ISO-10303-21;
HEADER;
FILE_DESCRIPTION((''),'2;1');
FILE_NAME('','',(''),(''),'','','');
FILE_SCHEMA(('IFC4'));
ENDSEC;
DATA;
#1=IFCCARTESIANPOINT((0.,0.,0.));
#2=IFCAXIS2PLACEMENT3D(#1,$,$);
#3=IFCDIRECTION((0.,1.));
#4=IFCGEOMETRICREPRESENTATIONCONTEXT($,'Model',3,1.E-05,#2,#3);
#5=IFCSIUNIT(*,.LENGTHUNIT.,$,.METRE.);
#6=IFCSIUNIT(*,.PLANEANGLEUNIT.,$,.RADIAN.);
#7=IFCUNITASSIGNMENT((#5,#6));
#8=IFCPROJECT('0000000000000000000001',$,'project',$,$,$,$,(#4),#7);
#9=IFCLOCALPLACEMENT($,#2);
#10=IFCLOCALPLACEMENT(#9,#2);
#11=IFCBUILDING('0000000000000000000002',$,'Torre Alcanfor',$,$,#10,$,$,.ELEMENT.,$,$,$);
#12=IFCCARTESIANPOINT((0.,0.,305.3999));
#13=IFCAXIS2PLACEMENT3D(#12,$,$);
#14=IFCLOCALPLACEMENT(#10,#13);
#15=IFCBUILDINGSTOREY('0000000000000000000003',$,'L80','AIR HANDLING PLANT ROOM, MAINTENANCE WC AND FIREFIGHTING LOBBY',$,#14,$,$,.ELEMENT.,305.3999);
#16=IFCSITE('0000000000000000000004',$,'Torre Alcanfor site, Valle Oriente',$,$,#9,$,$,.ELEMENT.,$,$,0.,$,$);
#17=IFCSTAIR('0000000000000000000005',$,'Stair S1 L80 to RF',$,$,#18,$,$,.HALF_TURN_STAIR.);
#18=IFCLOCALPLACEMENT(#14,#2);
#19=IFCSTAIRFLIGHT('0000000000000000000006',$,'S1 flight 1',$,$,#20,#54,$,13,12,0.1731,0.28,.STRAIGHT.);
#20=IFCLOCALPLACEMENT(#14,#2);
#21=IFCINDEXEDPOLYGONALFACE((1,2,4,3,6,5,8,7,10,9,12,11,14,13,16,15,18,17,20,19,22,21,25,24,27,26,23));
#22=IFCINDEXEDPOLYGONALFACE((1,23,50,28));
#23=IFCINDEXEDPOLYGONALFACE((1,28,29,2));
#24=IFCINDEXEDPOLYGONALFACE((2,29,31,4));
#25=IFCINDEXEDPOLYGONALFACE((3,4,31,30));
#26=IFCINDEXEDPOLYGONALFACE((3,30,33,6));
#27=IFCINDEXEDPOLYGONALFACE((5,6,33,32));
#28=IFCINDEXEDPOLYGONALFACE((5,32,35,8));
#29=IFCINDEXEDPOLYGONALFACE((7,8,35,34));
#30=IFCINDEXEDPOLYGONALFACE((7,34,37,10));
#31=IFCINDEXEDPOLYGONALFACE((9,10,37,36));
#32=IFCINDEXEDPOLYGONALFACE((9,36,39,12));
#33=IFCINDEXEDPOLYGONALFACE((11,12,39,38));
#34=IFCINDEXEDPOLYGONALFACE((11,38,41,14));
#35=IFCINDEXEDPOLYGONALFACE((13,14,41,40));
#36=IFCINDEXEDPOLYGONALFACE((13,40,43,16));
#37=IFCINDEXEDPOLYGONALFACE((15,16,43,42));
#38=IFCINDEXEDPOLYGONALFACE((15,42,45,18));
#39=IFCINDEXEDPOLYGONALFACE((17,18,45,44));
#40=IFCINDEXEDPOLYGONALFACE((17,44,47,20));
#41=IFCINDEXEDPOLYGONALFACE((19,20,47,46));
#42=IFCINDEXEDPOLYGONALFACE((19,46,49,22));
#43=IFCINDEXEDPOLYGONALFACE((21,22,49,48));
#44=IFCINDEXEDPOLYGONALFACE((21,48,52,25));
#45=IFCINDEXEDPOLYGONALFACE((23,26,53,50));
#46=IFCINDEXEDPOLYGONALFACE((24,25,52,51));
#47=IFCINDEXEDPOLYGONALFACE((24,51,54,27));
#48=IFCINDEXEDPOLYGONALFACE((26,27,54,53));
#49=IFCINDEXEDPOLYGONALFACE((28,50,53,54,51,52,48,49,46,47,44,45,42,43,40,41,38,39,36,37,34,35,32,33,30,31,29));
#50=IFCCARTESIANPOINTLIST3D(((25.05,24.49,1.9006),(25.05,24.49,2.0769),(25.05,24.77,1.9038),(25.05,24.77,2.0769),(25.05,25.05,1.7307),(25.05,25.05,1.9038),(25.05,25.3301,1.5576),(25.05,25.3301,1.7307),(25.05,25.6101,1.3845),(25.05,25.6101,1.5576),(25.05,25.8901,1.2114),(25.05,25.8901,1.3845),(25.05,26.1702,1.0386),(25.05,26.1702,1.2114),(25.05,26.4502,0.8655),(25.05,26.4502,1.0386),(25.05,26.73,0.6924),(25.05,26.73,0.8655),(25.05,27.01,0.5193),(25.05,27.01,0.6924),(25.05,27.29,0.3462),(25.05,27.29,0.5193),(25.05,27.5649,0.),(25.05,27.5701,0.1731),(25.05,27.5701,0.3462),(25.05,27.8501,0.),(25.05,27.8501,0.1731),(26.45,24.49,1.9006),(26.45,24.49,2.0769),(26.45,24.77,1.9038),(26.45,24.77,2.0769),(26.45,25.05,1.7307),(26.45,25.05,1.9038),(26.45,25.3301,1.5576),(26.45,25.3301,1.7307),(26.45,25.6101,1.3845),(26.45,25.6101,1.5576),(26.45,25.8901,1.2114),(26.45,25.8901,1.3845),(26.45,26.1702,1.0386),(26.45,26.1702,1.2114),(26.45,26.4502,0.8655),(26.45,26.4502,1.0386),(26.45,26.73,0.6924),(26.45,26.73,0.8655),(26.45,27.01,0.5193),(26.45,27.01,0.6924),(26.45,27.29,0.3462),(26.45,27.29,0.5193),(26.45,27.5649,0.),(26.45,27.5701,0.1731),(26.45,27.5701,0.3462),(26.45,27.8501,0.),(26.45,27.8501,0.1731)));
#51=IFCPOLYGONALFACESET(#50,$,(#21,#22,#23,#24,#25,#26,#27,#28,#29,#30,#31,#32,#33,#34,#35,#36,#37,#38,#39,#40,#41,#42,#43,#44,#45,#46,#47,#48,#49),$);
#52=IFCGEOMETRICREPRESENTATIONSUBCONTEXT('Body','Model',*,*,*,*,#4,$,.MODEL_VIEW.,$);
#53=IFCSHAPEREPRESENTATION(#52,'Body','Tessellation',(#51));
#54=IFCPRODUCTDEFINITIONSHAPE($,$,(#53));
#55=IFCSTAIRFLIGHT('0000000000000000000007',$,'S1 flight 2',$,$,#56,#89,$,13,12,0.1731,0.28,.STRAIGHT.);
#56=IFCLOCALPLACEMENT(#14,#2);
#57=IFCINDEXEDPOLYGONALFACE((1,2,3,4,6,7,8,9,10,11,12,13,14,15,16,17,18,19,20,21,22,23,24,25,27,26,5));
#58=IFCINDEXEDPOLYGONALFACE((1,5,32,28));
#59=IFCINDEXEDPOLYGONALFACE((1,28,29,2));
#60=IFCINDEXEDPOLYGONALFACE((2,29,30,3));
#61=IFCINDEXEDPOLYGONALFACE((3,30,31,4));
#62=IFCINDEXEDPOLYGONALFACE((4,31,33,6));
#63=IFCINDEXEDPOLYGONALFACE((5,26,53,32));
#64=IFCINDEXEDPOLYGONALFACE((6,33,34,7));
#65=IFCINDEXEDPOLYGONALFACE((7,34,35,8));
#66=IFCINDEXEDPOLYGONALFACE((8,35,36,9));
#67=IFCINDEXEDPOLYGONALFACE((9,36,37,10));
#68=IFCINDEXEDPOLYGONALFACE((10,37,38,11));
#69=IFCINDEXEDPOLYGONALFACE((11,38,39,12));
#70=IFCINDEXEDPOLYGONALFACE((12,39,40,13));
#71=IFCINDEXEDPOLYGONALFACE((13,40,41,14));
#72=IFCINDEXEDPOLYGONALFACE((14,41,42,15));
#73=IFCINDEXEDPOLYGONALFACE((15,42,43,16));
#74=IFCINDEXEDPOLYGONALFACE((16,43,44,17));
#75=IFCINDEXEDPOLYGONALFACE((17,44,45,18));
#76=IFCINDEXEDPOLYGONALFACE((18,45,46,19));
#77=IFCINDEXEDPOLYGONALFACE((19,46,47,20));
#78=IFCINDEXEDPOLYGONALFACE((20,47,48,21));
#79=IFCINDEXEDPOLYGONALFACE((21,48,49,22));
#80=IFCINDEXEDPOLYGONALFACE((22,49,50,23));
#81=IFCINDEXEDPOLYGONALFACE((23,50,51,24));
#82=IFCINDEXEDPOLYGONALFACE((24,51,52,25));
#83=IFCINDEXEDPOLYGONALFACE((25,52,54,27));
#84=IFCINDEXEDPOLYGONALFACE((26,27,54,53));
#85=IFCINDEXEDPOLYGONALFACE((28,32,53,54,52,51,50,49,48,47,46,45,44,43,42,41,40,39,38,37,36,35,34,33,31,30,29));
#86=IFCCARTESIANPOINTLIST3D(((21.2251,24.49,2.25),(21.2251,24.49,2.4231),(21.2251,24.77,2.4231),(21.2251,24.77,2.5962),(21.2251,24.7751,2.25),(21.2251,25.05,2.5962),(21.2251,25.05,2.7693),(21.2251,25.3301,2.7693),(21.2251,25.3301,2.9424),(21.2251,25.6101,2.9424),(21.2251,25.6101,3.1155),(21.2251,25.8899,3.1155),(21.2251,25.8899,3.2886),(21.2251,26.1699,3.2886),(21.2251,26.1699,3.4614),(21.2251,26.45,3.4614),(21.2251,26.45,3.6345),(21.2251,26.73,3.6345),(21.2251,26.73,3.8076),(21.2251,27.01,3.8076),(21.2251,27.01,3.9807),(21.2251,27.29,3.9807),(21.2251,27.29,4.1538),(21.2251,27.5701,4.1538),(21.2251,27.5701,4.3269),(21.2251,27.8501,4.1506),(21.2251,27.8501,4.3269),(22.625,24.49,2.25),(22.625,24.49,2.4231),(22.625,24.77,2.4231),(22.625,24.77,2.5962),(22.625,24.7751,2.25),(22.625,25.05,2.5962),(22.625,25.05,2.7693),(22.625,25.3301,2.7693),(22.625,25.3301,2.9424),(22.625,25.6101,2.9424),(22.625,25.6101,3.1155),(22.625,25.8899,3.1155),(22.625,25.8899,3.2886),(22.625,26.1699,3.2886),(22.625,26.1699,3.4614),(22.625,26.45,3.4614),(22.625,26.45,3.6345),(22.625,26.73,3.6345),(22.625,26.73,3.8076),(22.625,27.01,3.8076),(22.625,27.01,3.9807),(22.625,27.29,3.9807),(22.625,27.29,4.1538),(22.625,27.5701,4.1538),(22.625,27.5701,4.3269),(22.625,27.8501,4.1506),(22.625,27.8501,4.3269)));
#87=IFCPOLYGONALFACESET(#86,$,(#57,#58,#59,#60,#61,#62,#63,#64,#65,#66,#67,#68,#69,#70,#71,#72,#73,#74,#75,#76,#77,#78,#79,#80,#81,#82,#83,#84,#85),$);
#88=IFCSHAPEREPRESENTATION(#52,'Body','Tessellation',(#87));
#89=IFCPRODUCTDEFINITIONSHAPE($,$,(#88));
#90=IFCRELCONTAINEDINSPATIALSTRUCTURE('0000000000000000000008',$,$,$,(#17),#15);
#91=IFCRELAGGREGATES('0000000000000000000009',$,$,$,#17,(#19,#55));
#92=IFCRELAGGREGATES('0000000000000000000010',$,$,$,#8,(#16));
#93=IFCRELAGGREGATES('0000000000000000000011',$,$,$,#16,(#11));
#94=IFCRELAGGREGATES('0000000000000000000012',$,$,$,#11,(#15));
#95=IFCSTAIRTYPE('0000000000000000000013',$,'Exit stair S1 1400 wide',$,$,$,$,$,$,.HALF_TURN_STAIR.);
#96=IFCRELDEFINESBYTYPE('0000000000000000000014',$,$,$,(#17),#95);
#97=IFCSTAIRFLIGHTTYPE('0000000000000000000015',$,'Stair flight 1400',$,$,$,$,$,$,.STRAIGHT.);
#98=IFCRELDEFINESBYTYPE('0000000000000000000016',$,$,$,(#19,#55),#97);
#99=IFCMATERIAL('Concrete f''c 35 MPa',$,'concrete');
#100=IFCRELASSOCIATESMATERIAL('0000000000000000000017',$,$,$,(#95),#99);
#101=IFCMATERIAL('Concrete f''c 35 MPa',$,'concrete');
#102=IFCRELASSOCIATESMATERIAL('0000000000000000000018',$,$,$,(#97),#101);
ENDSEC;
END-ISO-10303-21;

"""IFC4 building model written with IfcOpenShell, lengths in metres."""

from ifc_helpers import new_model, si_unit, direction, frame, origin, place, context, subcontext, project, spatial, polyline, outline, extrude, material, type_object, element, aggregate, save


model = new_model("IFC4")

# Units and contexts
model_context = context("Model", 3, precision=1e-05, world=origin(), true_north=direction((0.0, 1.0)))
body_context = subcontext(model_context, "Body", "Model", "MODEL_VIEW")
ifc_project = project(units=[si_unit("LENGTHUNIT", "METRE"), si_unit("PLANEANGLEUNIT", "RADIAN")], contexts=[model_context])

# Site, building, storey
site_placement = place(None, origin())
site = spatial("IfcSite", under=ifc_project, at=site_placement, Name="Torre Alcanfor site, Valle Oriente", CompositionType="ELEMENT", RefElevation=0.0)
building_placement = place(site_placement, origin())
building = spatial("IfcBuilding", under=site, at=building_placement, Name="Torre Alcanfor", CompositionType="ELEMENT")
storey_placement = place(building_placement, frame((0.0, 0.0, 305.3999)))
storey = spatial("IfcBuildingStorey", under=building, at=storey_placement, Name="L80", Description="AIR HANDLING PLANT ROOM, MAINTENANCE WC AND FIREFIGHTING LOBBY", CompositionType="ELEMENT", Elevation=305.3999)

# Stair, stair flights
ifc_material_1 = material(Name="Concrete f'c 35 MPa", Category="concrete")
stair_type = type_object("IfcStairType", Name="Exit stair S1 1400 wide", PredefinedType="HALF_TURN_STAIR", material=ifc_material_1)
stair_placement = place(storey_placement, origin())
stair = element("IfcStair", 1, at=stair_placement, inside=storey, type_object=stair_type, Name="Stair S1 L80 to RF", PredefinedType="HALF_TURN_STAIR")
ifc_material_2 = material(Name="Concrete f'c 35 MPa", Category="concrete")
stair_flight_type = type_object("IfcStairFlightType", Name="Stair flight 1400", PredefinedType="STRAIGHT", material=ifc_material_2)
stair_flight_1_placement = place(storey_placement, frame((25.75, 27.8501, 0.0), z_axis=(0.0, 0.0, 1.0), x_axis=(0.0, -1.0, 0.0)))
stair_flight_1 = element("IfcStairFlight", 2, at=stair_flight_1_placement, type_object=stair_flight_type, Name="S1 flight 1", NumberOfRisers=13, NumberOfTreads=12, PredefinedType="STRAIGHT", RiserHeight=0.1731, TreadLength=0.28, context=body_context, shape_type="SweptSolid", body=[
    extrude(outline(polyline([(0.0, 0.0), (0.0, 0.1731), (0.28, 0.1731), (0.28, 0.3462), (0.5601, 0.3462), (0.5601, 0.5193), (0.8401, 0.5193), (0.8401, 0.6924), (1.1201, 0.6924), (1.1201, 0.8655), (1.3999, 0.8655), (1.3999, 1.0386), (1.6799, 1.0386), (1.6799, 1.2114), (1.96, 1.2114), (1.96, 1.3845), (2.24, 1.3845), (2.24, 1.5576), (2.52, 1.5576), (2.52, 1.7307), (2.8, 1.7307), (2.8, 1.9038), (3.0801, 1.9038), (3.0801, 2.0769), (3.3601, 2.0769), (3.3601, 2.25), (3.3601, 1.9006), (0.2852, 0.0), (0.0, 0.0)])), frame((0.0, 0.7, 0.0), z_axis=(0.0, -1.0, 0.0), x_axis=(1.0, 0.0, 0.0)), (0.0, 0.0, 1.0), 1.3999),
])
stair_flight_2_placement = place(storey_placement, frame((21.925, 24.49, 2.25), z_axis=(0.0, 0.0, 1.0), x_axis=(0.0, 1.0, 0.0)))
stair_flight_2 = element("IfcStairFlight", 3, at=stair_flight_2_placement, type_object=stair_flight_type, Name="S1 flight 2", NumberOfRisers=13, NumberOfTreads=12, PredefinedType="STRAIGHT", RiserHeight=0.1731, TreadLength=0.28, context=body_context, shape_type="SweptSolid", body=[
    extrude(outline(polyline([(0.0, 0.0), (0.0, 0.1731), (0.28, 0.1731), (0.28, 0.3462), (0.5601, 0.3462), (0.5601, 0.5193), (0.8401, 0.5193), (0.8401, 0.6924), (1.1201, 0.6924), (1.1201, 0.8655), (1.3999, 0.8655), (1.3999, 1.0386), (1.6799, 1.0386), (1.6799, 1.2114), (1.96, 1.2114), (1.96, 1.3845), (2.24, 1.3845), (2.24, 1.5576), (2.52, 1.5576), (2.52, 1.7307), (2.8, 1.7307), (2.8, 1.9038), (3.0801, 1.9038), (3.0801, 2.0769), (3.3601, 2.0769), (3.3601, 2.25), (3.3601, 1.9006), (0.2852, 0.0), (0.0, 0.0)])), frame((0.0, 0.7, 0.0), z_axis=(0.0, -1.0, 0.0), x_axis=(1.0, 0.0, 0.0)), (0.0, 0.0, 1.0), 1.3999),
])
aggregate(stair, [stair_flight_1, stair_flight_2])

save(model, "model.ifc")
